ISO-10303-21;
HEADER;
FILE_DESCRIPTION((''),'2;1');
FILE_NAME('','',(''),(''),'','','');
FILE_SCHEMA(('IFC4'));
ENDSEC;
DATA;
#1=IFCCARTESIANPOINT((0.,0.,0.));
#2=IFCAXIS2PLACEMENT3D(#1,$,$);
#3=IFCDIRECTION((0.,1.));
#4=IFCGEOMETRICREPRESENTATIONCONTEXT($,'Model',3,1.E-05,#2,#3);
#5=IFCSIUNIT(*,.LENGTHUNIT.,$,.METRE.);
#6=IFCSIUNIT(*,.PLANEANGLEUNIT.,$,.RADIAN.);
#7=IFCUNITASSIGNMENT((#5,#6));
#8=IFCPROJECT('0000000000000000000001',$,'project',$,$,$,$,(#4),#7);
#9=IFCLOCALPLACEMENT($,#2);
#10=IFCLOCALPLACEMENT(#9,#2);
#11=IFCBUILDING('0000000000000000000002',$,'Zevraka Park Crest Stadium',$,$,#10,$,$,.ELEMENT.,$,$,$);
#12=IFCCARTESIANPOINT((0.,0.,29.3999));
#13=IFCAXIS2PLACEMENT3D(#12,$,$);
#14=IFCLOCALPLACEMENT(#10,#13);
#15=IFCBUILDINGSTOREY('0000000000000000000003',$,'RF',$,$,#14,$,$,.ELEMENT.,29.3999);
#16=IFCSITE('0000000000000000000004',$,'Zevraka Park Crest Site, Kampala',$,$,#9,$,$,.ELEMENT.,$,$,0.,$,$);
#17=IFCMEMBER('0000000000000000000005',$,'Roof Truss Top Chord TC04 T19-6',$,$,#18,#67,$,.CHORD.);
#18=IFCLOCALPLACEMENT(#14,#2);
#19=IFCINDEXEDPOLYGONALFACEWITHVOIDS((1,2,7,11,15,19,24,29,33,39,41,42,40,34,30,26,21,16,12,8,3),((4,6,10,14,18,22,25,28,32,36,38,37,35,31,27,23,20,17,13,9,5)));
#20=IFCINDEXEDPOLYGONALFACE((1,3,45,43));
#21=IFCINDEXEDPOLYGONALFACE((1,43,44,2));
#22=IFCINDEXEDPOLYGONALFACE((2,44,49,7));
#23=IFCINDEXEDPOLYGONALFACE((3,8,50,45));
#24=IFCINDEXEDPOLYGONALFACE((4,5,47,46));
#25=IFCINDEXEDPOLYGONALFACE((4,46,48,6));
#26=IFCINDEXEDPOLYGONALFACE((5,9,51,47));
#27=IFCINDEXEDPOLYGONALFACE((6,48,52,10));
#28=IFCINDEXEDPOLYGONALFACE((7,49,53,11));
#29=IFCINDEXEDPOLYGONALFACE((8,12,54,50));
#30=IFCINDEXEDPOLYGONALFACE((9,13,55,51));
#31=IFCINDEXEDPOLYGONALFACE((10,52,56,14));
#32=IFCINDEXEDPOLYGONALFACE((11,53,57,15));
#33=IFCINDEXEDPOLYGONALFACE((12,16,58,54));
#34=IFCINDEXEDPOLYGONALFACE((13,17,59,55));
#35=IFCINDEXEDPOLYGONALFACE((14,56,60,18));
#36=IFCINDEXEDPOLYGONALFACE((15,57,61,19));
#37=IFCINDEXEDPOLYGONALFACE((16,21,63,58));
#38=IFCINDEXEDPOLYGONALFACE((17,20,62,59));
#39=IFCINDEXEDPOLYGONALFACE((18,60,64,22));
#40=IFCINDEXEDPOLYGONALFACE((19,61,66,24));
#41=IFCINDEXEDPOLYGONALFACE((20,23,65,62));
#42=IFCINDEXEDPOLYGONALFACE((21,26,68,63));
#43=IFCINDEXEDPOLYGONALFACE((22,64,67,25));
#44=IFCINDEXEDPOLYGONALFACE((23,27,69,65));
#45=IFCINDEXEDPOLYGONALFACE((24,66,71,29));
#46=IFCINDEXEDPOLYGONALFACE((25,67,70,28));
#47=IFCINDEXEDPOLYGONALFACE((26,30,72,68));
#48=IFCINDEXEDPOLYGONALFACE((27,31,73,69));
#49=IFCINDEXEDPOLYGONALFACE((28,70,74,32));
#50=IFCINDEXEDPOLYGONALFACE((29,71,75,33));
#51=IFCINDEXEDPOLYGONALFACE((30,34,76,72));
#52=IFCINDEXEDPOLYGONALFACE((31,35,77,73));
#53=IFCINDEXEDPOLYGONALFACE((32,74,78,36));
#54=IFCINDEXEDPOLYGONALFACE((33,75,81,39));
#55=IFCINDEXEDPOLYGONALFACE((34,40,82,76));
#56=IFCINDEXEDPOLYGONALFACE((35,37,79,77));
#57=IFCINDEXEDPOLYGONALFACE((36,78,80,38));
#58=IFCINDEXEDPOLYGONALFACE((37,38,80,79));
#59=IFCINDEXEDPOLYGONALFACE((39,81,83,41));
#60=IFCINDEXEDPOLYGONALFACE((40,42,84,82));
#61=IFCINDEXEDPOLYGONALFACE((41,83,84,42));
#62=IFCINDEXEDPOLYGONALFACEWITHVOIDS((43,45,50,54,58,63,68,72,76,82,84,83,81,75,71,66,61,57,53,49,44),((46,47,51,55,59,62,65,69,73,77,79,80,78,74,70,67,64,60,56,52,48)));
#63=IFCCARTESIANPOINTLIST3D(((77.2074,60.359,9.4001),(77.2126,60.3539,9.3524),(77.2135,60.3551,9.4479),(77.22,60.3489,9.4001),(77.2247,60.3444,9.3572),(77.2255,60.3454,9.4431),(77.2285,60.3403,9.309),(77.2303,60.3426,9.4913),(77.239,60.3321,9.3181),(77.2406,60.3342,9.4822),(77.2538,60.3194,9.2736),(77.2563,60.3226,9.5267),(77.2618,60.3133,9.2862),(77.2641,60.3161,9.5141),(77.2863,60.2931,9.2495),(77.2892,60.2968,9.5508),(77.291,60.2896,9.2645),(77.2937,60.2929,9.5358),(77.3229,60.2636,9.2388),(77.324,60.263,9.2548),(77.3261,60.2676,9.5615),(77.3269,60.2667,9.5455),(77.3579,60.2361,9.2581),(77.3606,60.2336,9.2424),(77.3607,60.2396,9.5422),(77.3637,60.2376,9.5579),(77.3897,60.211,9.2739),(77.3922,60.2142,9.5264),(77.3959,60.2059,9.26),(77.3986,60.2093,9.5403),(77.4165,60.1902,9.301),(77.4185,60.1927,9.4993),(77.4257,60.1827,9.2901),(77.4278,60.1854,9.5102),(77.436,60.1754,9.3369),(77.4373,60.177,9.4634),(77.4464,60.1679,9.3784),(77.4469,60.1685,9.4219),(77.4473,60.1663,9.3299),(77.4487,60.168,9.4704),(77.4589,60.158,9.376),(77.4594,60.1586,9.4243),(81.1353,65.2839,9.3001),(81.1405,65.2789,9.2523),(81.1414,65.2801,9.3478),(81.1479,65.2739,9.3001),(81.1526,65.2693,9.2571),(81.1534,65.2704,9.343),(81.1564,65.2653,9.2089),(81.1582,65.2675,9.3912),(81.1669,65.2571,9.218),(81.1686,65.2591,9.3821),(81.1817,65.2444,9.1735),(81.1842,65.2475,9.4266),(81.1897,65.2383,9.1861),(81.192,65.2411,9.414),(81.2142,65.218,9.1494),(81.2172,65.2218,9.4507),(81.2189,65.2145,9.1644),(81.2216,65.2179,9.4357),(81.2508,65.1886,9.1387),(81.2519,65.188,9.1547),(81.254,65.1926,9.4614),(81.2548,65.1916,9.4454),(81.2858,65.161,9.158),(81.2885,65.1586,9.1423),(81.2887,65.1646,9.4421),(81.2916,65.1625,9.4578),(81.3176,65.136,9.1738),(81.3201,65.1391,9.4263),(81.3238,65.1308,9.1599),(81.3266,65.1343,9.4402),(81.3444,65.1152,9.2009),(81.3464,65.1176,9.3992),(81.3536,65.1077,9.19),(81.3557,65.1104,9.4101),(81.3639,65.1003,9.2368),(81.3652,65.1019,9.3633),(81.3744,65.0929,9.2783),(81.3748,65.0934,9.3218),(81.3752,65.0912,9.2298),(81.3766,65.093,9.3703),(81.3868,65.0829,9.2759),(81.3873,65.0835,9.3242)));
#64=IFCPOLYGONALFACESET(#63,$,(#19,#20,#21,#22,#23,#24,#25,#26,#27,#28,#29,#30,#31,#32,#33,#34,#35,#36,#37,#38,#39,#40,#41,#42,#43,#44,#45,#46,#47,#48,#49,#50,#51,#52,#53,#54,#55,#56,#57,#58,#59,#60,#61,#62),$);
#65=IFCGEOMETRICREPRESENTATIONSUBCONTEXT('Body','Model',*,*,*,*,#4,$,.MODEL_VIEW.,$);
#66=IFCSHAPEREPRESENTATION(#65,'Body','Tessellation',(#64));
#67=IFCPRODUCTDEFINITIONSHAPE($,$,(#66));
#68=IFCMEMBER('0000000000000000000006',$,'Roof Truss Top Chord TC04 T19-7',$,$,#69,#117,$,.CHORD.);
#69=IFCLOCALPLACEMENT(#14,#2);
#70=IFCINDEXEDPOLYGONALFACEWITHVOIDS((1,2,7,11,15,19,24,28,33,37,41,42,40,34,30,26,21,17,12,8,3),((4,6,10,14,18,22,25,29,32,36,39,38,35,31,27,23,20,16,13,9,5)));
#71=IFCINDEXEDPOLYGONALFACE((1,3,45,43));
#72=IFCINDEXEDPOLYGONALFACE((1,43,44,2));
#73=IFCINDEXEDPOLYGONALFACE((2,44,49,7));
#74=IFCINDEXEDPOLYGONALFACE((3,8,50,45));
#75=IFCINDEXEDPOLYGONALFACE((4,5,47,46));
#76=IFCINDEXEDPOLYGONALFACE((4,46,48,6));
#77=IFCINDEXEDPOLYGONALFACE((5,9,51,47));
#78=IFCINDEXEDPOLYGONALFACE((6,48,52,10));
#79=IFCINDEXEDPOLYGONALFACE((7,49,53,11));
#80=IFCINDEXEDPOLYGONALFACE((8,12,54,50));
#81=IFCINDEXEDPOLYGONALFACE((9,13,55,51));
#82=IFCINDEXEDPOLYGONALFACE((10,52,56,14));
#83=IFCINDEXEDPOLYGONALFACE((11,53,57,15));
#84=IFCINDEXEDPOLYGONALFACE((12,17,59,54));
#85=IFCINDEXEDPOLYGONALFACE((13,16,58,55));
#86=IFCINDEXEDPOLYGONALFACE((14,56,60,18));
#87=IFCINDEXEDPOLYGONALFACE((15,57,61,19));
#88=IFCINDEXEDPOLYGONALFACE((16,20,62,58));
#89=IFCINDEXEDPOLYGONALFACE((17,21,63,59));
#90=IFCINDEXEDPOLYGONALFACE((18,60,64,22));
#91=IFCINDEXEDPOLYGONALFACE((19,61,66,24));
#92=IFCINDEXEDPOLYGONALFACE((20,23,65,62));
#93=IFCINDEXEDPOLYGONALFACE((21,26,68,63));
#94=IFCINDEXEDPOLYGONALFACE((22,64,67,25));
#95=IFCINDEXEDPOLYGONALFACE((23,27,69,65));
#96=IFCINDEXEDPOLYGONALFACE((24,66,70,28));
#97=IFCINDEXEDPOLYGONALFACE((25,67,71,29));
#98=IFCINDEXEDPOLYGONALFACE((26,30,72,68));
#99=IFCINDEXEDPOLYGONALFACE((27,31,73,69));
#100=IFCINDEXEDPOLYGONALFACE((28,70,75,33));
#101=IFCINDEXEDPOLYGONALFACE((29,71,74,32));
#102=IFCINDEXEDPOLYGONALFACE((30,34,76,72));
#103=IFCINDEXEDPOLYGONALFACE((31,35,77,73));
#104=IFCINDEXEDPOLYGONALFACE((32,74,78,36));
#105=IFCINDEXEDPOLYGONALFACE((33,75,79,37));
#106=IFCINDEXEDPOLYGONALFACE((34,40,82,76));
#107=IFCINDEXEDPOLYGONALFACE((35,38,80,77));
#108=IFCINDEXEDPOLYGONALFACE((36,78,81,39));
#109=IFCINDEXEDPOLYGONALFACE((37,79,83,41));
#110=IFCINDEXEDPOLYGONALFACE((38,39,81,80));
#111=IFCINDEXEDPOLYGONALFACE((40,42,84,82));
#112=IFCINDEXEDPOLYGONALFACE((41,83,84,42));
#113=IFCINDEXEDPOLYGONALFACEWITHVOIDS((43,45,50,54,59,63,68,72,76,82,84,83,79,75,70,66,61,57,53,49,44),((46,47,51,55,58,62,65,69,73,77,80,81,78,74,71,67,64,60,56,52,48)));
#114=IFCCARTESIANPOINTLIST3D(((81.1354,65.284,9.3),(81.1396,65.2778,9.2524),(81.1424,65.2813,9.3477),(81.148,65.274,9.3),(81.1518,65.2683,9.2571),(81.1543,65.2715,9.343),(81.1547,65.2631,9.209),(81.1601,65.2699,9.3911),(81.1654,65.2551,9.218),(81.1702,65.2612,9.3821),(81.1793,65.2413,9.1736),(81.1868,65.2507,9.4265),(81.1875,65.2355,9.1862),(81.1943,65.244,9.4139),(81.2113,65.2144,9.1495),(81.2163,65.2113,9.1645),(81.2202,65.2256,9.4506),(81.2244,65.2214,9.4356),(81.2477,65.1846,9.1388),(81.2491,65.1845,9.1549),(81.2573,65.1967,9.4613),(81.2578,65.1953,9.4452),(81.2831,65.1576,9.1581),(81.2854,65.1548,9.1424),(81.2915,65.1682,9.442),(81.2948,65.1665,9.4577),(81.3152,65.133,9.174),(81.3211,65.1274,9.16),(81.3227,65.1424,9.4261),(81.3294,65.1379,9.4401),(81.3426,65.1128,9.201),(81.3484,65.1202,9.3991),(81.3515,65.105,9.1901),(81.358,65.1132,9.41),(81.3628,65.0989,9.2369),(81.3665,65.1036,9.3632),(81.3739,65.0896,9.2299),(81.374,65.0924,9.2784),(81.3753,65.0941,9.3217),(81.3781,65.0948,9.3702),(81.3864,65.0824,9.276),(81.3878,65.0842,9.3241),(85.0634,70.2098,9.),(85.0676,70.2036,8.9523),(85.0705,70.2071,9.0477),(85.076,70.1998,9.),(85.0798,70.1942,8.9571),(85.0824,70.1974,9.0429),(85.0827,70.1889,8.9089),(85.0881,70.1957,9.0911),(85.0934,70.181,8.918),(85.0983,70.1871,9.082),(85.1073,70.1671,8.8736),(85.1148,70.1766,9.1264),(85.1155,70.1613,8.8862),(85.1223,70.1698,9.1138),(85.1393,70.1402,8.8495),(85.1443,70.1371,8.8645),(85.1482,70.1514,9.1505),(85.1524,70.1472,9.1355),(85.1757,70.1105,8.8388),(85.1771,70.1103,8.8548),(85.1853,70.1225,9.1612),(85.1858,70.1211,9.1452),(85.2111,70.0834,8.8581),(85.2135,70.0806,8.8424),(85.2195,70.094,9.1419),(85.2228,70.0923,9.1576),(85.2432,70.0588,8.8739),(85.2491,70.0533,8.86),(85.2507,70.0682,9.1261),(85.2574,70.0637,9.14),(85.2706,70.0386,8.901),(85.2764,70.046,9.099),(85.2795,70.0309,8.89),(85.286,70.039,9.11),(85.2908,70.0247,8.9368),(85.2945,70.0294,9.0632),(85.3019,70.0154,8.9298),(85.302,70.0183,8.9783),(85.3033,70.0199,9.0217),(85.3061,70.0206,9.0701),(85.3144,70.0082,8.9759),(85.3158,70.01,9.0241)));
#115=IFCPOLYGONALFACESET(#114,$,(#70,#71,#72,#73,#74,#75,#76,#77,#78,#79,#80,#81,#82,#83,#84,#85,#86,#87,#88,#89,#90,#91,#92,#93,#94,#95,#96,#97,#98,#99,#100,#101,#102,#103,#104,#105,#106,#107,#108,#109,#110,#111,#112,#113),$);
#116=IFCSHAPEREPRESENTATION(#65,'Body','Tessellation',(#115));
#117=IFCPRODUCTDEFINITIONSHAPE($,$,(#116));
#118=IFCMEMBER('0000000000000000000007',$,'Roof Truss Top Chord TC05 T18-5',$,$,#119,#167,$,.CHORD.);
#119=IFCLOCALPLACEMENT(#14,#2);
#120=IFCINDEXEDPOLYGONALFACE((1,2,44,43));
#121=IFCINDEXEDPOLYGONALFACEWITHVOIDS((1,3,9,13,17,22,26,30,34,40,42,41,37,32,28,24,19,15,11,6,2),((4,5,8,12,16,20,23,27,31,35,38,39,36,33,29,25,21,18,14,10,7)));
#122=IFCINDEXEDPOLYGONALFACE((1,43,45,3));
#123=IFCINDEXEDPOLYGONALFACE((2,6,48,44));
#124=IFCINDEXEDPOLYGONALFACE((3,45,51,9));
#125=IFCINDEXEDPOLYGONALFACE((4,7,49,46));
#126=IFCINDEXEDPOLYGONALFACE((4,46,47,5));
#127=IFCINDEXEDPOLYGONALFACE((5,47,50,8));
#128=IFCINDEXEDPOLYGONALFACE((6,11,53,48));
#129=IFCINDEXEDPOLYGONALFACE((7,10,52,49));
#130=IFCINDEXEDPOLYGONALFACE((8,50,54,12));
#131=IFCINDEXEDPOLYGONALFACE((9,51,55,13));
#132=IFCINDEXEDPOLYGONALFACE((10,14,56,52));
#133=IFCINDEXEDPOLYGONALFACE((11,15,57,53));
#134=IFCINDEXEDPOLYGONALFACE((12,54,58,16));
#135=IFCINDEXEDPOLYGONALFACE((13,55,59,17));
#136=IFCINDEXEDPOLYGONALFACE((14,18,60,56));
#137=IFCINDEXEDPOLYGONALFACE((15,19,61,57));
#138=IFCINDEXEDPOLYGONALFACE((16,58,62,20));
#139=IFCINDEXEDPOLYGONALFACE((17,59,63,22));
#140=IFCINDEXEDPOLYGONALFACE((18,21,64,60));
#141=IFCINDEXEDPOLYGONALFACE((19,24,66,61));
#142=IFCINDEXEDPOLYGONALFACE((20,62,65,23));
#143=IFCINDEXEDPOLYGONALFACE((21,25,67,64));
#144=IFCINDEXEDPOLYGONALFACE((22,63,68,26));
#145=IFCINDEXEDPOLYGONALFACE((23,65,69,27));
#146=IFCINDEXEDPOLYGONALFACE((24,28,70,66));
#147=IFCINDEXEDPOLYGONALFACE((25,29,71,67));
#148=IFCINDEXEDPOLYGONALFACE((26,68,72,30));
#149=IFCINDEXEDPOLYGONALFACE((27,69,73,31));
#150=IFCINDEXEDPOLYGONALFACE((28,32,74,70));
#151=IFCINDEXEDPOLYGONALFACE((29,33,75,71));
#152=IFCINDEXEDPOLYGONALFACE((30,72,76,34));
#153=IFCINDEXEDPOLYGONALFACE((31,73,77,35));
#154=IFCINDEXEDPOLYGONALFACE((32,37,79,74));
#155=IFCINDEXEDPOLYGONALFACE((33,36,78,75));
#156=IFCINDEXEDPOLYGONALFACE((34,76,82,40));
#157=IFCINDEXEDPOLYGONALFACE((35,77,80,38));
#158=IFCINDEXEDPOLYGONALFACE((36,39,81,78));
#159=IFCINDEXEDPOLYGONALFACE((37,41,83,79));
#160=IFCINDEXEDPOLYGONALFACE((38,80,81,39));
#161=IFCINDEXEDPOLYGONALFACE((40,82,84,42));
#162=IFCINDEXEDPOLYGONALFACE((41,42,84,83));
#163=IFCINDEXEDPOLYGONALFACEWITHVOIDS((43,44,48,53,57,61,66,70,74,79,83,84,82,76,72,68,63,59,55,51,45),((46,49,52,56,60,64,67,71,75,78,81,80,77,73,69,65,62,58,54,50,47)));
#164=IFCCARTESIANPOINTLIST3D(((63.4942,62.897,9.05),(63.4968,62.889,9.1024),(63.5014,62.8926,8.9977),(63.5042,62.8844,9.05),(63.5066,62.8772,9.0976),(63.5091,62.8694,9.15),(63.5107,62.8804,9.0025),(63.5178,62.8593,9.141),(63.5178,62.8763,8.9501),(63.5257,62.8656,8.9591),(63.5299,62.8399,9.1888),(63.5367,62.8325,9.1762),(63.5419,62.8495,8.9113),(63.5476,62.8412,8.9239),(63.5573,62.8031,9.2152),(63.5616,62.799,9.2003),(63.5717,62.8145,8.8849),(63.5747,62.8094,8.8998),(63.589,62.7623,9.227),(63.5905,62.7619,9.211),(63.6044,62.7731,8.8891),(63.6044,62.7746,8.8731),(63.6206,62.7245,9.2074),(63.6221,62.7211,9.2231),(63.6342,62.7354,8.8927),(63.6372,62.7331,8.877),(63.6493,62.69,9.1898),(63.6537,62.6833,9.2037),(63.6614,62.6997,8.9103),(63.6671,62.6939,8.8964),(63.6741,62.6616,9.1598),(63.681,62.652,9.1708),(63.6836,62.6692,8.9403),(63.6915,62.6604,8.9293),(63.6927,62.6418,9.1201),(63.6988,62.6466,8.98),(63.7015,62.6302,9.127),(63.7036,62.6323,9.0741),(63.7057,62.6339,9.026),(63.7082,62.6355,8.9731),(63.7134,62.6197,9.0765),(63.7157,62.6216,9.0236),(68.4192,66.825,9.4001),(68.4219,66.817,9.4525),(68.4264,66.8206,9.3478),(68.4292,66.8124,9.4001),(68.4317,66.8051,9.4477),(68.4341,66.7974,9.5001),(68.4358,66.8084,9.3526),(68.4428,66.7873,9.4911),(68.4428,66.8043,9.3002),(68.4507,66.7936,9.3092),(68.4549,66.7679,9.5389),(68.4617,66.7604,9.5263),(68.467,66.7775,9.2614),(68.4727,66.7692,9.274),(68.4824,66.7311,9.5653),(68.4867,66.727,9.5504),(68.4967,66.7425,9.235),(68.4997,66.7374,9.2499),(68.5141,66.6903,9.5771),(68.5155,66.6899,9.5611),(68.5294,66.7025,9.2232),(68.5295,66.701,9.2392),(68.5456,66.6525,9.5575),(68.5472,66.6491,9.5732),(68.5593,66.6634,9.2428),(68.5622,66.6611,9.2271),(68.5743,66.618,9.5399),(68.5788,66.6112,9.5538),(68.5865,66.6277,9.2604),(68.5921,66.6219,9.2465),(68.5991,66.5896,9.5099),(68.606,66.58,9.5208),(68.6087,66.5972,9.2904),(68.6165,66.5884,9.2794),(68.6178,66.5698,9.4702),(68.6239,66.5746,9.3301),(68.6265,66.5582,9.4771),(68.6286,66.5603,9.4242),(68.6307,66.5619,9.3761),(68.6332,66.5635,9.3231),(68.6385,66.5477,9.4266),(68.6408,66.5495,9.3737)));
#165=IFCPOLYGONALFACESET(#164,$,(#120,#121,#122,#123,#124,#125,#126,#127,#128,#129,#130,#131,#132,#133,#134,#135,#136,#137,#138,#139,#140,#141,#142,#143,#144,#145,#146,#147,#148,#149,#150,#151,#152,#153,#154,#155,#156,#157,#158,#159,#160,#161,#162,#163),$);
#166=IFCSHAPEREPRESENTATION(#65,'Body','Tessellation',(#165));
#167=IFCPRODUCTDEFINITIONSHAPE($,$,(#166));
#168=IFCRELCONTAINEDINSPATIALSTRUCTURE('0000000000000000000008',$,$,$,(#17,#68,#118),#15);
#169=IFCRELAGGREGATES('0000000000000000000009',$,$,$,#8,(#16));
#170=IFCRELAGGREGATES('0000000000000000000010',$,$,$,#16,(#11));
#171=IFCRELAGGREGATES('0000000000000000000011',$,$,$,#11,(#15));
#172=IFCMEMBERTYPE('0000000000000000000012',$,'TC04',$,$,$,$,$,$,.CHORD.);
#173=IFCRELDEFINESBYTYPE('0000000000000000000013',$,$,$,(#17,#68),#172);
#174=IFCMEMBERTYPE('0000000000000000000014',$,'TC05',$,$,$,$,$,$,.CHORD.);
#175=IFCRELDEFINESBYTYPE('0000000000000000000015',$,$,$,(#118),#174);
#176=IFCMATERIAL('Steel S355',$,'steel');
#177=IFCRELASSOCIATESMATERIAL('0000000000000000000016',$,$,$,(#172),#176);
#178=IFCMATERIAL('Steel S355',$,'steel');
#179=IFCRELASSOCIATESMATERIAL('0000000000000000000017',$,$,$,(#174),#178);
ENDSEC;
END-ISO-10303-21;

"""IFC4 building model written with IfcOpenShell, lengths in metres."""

from ifc_helpers import new_model, si_unit, direction, frame, origin, origin_2d, place, context, subcontext, project, spatial, hollow_circle, extrude, material, material_profile, profile_set, type_object, element, save


model = new_model("IFC4")

# Units and contexts
model_context = context("Model", 3, precision=1e-05, world=origin(), true_north=direction((0.0, 1.0)))
body_context = subcontext(model_context, "Body", "Model", "MODEL_VIEW")
ifc_project = project(units=[si_unit("LENGTHUNIT", "METRE"), si_unit("PLANEANGLEUNIT", "RADIAN")], contexts=[model_context])

# Site, building, storey
site_placement = place(None, origin())
site = spatial("IfcSite", under=ifc_project, at=site_placement, Name="Zevraka Park Crest Site, Kampala", CompositionType="ELEMENT", RefElevation=0.0)
building_placement = place(site_placement, origin())
building = spatial("IfcBuilding", under=site, at=building_placement, Name="Zevraka Park Crest Stadium", CompositionType="ELEMENT")
storey_placement = place(building_placement, frame((0.0, 0.0, 29.3999)))
storey = spatial("IfcBuildingStorey", under=building, at=storey_placement, Name="RF", CompositionType="ELEMENT", Elevation=29.3999)

# Members
ifc_material_1 = material(Name="Steel S355", Category="steel")
ifc_material_profile_1 = material_profile(ifc_material_1, hollow_circle(Radius=0.1619, WallThickness=0.0161, at=origin_2d()), Name="CHS 323.9x16")
ifc_profile_set_1 = profile_set([ifc_material_profile_1], Name="Steel S355")
member_type_1 = type_object("IfcMemberType", Name="TC04", PredefinedType="CHORD", material=ifc_profile_set_1)
member_1_placement = place(storey_placement, frame((77.334, 60.2581, 9.4001), z_axis=(0.623448, 0.781703, -0.015887), x_axis=(-0.781802, 0.623527, 0.0)))
element("IfcMember", 1, at=member_1_placement, inside=storey, type_object=member_type_1, Name="Roof Truss Top Chord TC04 T19-6", PredefinedType="CHORD", context=body_context, shape_type="SweptSolid", body=[
    extrude(hollow_circle(Radius=0.1619, WallThickness=0.0161, at=origin_2d()), origin(), (0.0, 0.0, 1.0), 6.3003),
])
member_2_placement = place(storey_placement, frame((81.262, 65.1831, 9.3), z_axis=(0.622764, 0.780962, -0.047571), x_axis=(-0.781847, 0.62347, 0.0)))
element("IfcMember", 2, at=member_2_placement, inside=storey, type_object=member_type_1, Name="Roof Truss Top Chord TC04 T19-7", PredefinedType="CHORD", context=body_context, shape_type="SweptSolid", body=[
    extrude(hollow_circle(Radius=0.1619, WallThickness=0.0161, at=origin_2d()), origin(), (0.0, 0.0, 1.0), 6.3074),
])
ifc_material_2 = material(Name="Steel S355", Category="steel")
ifc_material_profile_2 = material_profile(ifc_material_2, hollow_circle(Radius=0.1777, WallThickness=0.0161, at=origin_2d()), Name="CHS 355.6x16")
ifc_profile_set_2 = profile_set([ifc_material_profile_2], Name="Steel S355")
member_type_2 = type_object("IfcMemberType", Name="TC05", PredefinedType="CHORD", material=ifc_profile_set_2)
member_3_placement = place(storey_placement, frame((63.605, 62.7581, 9.05), z_axis=(0.780597, 0.622566, 0.055489), x_axis=(-0.623527, 0.781802, 0.0)))
element("IfcMember", 3, at=member_3_placement, inside=storey, type_object=member_type_2, Name="Roof Truss Top Chord TC05 T18-5", PredefinedType="CHORD", context=body_context, shape_type="SweptSolid", body=[
    extrude(hollow_circle(Radius=0.1777, WallThickness=0.0161, at=origin_2d()), origin(), (0.0, 0.0, 1.0), 6.3093),
])

save(model, "model.ifc")
